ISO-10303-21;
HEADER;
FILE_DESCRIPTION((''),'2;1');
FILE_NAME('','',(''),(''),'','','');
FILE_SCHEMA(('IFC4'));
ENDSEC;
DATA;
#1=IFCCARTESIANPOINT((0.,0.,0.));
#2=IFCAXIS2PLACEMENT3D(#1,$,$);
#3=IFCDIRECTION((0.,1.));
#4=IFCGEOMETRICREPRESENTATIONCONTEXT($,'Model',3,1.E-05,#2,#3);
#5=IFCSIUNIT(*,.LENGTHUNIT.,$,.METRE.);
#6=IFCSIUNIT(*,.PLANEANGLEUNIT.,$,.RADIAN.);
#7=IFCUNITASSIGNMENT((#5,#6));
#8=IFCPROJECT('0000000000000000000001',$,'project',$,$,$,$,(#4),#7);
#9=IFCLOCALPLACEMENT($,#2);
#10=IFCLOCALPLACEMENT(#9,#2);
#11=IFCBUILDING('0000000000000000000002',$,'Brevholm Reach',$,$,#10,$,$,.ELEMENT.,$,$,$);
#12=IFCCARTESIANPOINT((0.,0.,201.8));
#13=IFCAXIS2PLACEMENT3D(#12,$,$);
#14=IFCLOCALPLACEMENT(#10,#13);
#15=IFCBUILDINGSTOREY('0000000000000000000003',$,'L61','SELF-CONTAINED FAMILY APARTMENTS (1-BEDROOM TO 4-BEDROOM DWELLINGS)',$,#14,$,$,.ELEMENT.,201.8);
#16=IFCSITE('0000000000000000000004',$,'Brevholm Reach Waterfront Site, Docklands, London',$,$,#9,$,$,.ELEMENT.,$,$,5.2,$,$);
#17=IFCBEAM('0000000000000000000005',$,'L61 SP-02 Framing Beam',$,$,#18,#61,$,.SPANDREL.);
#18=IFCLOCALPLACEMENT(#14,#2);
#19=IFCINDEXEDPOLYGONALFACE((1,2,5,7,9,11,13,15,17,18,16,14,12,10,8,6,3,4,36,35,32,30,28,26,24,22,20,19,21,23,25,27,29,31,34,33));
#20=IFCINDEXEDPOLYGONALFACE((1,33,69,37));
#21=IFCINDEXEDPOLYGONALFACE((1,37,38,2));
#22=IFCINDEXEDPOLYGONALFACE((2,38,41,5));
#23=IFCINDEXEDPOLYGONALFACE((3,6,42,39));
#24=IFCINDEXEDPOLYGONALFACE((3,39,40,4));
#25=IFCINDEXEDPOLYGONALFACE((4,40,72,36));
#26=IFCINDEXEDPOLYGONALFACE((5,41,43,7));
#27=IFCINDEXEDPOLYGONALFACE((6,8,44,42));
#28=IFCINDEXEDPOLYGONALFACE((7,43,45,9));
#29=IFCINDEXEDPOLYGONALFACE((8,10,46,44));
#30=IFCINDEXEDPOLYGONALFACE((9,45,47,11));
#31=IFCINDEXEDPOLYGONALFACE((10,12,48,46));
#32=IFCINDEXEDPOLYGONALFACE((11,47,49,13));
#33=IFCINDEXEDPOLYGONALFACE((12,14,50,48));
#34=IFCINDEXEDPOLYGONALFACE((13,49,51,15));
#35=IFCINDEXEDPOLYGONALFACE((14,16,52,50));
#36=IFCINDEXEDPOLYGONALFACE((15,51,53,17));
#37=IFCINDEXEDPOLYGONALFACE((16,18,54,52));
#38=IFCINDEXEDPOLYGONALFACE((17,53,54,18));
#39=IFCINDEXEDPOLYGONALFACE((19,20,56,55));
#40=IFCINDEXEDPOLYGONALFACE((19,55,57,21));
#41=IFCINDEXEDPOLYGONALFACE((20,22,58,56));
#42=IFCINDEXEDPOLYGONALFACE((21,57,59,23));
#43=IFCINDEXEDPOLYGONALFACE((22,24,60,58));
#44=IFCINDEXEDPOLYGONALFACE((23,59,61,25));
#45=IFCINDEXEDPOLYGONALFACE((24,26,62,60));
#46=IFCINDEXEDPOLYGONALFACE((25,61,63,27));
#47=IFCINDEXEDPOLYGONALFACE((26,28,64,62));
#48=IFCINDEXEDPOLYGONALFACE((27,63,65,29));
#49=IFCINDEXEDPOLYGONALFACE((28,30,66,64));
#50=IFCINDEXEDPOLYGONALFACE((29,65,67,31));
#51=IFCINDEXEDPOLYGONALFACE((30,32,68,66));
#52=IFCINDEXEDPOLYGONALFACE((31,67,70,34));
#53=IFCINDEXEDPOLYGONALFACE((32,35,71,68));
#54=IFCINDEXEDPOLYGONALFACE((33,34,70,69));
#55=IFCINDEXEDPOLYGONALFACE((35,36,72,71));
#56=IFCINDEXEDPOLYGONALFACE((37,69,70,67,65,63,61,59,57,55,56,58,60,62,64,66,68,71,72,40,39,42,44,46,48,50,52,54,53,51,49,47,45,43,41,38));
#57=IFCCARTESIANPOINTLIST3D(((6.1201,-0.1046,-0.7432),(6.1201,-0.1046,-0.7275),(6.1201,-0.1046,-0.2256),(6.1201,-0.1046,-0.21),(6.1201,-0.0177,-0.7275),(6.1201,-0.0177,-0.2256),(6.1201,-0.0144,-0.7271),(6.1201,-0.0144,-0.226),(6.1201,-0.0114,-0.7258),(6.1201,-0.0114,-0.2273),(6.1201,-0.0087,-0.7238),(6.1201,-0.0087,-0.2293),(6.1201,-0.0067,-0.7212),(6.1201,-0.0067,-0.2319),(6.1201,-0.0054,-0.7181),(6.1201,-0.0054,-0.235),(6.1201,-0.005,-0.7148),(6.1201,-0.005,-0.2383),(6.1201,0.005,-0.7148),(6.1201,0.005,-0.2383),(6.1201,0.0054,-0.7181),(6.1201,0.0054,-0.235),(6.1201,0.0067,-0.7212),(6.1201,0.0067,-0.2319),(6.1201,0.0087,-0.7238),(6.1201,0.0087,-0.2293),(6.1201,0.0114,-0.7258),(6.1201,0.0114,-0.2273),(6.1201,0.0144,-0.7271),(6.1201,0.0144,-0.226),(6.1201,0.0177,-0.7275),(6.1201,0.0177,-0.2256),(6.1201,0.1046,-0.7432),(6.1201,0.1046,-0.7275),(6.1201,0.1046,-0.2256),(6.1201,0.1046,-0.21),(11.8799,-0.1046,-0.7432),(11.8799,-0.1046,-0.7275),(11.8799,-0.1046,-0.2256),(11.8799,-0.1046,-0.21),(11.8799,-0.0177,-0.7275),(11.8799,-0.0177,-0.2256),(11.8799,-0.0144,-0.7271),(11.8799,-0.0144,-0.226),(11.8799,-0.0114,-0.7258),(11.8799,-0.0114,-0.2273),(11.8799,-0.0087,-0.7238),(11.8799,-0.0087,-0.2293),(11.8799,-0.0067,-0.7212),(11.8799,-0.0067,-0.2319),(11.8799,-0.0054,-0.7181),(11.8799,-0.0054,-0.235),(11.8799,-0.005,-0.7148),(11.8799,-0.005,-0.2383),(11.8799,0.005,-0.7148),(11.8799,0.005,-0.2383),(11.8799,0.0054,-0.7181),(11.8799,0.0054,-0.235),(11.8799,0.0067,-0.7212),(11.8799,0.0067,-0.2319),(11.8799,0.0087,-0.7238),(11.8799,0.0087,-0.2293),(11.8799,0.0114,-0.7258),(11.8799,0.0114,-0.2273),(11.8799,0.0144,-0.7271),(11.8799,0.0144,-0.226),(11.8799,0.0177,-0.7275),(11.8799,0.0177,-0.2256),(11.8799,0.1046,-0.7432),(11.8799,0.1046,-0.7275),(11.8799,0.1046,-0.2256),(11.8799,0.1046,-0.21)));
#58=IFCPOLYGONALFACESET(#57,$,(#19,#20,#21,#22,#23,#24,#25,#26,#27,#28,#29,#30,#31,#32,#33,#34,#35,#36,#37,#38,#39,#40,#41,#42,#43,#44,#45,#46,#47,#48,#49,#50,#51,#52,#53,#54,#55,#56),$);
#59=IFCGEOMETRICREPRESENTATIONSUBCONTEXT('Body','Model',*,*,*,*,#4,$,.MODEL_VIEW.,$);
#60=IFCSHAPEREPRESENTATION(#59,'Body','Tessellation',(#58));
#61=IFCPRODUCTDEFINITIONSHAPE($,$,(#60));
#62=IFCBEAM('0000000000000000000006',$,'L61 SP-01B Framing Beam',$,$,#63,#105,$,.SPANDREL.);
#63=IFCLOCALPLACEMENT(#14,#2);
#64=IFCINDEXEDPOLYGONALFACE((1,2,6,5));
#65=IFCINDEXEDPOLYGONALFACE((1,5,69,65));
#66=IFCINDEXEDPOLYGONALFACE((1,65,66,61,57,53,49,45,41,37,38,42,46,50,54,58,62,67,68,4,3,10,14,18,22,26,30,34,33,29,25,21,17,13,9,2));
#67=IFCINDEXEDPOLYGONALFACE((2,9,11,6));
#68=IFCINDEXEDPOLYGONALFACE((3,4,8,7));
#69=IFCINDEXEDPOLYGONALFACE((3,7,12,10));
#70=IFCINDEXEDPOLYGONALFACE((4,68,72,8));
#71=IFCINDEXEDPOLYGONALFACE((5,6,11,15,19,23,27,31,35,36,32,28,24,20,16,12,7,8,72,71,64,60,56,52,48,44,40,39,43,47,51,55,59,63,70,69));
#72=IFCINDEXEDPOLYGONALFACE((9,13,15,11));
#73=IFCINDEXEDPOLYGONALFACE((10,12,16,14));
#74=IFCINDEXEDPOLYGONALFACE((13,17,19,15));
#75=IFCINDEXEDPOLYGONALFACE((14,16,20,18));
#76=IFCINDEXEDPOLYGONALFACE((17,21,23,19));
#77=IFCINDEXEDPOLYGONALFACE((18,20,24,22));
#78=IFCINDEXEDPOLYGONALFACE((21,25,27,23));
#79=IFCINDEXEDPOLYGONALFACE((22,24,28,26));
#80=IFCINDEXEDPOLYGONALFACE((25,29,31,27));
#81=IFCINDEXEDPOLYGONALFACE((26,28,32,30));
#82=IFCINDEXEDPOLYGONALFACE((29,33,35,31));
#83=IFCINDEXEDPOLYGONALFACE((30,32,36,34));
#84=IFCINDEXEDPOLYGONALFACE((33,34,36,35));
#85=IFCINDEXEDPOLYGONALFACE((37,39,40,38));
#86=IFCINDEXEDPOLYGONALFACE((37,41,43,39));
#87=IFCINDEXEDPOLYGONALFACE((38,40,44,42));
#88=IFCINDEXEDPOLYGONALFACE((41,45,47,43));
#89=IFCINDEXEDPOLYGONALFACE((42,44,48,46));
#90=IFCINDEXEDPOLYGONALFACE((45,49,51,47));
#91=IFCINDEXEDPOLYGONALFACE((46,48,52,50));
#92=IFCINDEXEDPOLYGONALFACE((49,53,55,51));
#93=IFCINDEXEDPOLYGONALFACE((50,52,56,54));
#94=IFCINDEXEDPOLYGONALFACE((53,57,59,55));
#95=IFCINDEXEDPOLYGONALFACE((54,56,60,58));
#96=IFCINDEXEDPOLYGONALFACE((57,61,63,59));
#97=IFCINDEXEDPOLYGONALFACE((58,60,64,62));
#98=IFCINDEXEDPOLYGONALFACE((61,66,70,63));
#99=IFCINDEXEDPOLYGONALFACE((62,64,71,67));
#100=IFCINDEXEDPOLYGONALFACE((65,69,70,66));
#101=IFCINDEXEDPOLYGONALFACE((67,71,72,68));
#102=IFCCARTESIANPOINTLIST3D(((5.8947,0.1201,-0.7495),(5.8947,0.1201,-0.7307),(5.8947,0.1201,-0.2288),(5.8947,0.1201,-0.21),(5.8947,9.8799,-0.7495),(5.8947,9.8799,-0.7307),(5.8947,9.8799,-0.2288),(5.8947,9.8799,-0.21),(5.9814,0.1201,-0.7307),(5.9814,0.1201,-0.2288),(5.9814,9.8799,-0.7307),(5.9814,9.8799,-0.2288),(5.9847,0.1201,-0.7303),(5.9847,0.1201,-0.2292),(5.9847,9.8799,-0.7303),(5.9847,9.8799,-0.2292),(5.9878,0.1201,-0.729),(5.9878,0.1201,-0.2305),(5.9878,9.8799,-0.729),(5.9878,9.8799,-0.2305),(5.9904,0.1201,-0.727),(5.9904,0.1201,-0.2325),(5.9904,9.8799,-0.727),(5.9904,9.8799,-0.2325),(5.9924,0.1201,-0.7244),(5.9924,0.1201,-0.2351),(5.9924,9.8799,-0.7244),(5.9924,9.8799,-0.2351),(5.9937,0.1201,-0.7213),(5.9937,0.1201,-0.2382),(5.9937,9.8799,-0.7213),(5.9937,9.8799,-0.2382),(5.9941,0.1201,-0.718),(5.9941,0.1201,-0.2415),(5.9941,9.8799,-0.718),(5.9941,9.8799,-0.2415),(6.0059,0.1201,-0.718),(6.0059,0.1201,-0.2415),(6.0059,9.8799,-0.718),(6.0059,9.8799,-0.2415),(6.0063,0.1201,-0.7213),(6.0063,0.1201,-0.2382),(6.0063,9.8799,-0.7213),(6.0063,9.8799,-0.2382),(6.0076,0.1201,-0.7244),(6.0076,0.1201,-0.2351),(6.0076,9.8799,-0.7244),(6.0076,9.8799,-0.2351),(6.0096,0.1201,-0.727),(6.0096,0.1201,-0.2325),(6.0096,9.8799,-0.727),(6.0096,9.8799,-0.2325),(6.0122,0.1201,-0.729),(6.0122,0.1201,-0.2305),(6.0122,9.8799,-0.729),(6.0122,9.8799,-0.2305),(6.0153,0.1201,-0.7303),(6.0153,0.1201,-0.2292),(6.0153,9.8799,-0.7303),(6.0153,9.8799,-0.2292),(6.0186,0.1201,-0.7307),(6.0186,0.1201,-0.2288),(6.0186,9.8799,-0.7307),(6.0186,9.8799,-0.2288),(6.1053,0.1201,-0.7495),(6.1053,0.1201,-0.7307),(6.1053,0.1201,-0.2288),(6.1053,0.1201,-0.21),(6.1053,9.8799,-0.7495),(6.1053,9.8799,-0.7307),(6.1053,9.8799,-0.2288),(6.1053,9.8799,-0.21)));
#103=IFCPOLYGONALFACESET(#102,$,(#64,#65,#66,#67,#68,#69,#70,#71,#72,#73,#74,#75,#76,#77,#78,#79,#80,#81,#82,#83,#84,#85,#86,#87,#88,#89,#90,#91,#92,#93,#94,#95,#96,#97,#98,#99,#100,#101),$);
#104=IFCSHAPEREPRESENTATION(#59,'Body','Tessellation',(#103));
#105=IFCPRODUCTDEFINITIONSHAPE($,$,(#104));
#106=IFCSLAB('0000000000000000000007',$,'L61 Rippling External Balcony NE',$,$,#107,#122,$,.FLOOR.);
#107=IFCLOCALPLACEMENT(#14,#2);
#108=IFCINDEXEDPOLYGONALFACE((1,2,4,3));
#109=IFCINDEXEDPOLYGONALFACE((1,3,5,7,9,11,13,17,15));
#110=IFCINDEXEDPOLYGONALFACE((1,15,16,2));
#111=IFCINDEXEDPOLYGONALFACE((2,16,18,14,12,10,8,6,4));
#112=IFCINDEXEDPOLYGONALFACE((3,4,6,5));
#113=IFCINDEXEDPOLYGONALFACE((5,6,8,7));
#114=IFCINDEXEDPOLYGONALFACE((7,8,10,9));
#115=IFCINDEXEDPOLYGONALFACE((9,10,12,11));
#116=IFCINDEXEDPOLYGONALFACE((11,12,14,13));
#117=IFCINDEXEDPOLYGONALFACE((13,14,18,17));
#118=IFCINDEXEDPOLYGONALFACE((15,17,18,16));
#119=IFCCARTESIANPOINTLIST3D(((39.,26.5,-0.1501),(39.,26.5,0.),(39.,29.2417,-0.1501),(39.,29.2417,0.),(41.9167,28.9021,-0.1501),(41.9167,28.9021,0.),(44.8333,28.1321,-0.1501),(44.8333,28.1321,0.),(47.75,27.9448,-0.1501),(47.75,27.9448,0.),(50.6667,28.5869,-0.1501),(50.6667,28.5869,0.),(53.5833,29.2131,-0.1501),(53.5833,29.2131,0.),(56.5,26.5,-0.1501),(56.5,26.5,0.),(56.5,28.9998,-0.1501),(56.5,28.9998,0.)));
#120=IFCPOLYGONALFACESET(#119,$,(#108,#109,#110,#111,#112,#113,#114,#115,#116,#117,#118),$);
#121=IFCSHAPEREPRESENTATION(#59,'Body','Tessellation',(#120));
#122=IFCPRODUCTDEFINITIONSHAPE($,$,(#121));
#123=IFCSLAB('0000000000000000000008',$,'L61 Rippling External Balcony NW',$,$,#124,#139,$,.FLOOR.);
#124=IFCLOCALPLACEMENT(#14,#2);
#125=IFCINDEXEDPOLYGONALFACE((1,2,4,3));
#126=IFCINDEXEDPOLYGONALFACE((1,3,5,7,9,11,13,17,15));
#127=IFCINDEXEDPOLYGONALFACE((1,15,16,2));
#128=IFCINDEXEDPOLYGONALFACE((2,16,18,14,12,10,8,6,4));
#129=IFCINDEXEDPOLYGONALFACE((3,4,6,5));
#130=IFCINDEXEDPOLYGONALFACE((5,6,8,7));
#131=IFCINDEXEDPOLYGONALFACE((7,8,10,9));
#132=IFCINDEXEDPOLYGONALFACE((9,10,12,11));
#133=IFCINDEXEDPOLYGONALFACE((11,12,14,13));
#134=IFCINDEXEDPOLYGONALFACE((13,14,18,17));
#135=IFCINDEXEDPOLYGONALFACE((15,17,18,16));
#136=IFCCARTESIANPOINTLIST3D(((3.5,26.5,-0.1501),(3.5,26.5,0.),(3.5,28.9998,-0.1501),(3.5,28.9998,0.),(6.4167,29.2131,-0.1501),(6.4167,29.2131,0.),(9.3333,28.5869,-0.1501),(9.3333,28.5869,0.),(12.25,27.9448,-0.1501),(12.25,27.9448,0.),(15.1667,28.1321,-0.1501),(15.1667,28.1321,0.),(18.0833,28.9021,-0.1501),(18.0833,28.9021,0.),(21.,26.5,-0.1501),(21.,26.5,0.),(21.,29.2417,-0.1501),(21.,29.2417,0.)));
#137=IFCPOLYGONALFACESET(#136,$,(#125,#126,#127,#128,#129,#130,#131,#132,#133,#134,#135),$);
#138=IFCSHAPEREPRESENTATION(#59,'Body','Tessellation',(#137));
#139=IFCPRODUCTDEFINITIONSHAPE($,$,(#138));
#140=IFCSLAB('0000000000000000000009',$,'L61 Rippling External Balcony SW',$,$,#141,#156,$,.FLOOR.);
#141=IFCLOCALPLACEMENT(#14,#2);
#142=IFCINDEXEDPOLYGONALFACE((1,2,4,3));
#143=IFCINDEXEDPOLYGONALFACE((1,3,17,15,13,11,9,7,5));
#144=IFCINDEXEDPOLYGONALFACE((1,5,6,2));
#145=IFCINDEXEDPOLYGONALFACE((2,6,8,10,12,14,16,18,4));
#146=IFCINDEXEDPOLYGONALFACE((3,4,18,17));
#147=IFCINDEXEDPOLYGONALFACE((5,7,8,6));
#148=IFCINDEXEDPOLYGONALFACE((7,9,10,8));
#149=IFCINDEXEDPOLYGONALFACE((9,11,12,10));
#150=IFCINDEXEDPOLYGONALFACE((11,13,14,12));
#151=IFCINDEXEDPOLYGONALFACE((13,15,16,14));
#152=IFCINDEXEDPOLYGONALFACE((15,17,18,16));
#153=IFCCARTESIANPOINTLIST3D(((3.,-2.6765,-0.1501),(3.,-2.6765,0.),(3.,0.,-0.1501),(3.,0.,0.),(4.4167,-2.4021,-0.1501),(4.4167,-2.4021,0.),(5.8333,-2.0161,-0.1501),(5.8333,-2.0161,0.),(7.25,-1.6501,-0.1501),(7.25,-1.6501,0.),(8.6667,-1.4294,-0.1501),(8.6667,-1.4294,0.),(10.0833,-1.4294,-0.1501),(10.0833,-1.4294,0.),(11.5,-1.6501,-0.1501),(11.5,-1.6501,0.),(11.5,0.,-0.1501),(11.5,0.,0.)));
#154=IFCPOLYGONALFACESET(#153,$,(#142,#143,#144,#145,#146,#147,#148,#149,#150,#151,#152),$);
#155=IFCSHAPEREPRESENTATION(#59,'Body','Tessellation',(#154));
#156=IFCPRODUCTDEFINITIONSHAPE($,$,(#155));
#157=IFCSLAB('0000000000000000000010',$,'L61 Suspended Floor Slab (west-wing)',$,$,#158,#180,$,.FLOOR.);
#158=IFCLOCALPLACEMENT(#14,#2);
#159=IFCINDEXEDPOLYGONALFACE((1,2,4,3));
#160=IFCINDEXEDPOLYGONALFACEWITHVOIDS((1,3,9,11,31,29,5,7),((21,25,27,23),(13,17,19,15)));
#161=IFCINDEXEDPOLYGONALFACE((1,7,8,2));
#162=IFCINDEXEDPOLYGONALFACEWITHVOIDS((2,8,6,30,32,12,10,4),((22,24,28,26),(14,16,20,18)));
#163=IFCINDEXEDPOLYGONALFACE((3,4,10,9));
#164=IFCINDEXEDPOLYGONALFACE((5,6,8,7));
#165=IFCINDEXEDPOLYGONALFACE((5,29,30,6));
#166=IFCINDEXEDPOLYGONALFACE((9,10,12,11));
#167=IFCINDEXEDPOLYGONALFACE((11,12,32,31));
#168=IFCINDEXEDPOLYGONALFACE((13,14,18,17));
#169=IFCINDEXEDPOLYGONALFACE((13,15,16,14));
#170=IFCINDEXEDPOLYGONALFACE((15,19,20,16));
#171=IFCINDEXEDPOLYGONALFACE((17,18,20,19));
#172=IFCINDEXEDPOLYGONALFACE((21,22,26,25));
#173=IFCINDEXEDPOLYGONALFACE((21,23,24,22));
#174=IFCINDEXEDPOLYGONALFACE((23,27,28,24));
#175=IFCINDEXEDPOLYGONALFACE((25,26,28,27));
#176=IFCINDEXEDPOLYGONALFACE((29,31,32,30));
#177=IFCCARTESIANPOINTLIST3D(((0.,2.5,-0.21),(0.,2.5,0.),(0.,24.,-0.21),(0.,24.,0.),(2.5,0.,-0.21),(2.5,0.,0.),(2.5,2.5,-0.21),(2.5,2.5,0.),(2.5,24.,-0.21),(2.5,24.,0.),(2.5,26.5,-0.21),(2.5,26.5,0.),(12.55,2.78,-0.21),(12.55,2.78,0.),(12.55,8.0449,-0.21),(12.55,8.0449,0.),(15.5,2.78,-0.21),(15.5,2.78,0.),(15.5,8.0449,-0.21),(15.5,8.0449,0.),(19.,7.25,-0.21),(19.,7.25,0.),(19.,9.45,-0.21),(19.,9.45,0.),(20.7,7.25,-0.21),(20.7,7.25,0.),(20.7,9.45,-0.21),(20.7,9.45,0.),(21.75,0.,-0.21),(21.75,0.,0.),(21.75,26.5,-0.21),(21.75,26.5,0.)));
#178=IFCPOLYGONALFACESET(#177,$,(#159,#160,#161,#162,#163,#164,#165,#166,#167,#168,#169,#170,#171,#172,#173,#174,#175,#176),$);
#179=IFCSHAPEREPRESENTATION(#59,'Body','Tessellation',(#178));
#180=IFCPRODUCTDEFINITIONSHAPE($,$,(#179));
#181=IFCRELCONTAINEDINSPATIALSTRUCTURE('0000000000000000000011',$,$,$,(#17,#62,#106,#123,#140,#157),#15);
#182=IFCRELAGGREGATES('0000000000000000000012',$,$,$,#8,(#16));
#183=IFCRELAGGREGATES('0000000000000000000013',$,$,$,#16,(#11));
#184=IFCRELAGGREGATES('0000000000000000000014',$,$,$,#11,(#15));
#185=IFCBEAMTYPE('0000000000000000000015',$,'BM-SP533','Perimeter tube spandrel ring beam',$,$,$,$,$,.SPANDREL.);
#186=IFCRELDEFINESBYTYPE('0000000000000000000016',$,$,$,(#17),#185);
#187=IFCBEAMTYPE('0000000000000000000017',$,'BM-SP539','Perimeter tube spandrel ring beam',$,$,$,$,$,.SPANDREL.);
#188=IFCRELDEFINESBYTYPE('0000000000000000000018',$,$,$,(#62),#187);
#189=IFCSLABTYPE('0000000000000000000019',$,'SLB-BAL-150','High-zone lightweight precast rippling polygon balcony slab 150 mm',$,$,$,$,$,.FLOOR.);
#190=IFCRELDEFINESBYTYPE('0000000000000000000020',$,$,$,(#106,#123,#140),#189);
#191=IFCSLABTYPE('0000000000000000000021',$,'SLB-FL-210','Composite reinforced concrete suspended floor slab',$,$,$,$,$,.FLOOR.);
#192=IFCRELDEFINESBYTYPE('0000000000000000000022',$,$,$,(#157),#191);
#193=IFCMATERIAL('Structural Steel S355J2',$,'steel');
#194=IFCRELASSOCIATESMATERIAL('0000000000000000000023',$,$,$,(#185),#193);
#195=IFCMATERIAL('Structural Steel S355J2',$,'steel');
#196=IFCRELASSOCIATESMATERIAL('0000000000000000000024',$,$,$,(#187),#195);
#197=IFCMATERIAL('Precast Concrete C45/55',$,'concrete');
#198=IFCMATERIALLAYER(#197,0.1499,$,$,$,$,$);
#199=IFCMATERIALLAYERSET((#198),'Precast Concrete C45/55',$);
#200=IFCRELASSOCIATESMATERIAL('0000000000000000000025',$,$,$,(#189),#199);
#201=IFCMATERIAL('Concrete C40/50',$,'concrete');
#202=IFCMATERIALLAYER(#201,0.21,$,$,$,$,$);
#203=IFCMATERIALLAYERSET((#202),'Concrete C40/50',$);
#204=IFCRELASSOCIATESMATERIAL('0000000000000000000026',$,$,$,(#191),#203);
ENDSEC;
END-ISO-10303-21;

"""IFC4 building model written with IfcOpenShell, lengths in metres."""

from ifc_helpers import new_model, si_unit, direction, frame, origin, origin_2d, place, context, subcontext, project, spatial, polyline, i_section, outline, extrude, material, layer, layer_set, material_profile, profile_set, type_object, element, save


model = new_model("IFC4")

# Units and contexts
model_context = context("Model", 3, precision=1e-05, world=origin(), true_north=direction((0.0, 1.0)))
body_context = subcontext(model_context, "Body", "Model", "MODEL_VIEW")
ifc_project = project(units=[si_unit("LENGTHUNIT", "METRE"), si_unit("PLANEANGLEUNIT", "RADIAN")], contexts=[model_context])

# Site, building, storey
site_placement = place(None, origin())
site = spatial("IfcSite", under=ifc_project, at=site_placement, Name="Brevholm Reach Waterfront Site, Docklands, London", CompositionType="ELEMENT", RefElevation=5.2)
building_placement = place(site_placement, origin())
building = spatial("IfcBuilding", under=site, at=building_placement, Name="Brevholm Reach", CompositionType="ELEMENT")
storey_placement = place(building_placement, frame((0.0, 0.0, 201.8)))
storey = spatial("IfcBuildingStorey", under=building, at=storey_placement, Name="L61", Description="SELF-CONTAINED FAMILY APARTMENTS (1-BEDROOM TO 4-BEDROOM DWELLINGS)", CompositionType="ELEMENT", Elevation=201.8)

# Beams
ifc_material_1 = material(Name="Structural Steel S355J2", Category="steel")
ifc_material_profile_1 = material_profile(ifc_material_1, i_section(OverallWidth=0.2092, OverallDepth=0.5332, WebThickness=0.01, FlangeThickness=0.0156, FilletRadius=0.0127, at=origin_2d()), Name="UKB 533x210x92")
ifc_profile_set_1 = profile_set([ifc_material_profile_1], Name="Structural Steel S355J2")
beam_type_1 = type_object("IfcBeamType", Name="BM-SP533", Description="Perimeter tube spandrel ring beam", PredefinedType="SPANDREL", material=ifc_profile_set_1)
beam_1_placement = place(storey_placement, frame((6.1201, 0.0, -0.4766), z_axis=(1.0, 0.0, 0.0), x_axis=(0.0, 1.0, 0.0)))
element("IfcBeam", 1, at=beam_1_placement, inside=storey, type_object=beam_type_1, Name="L61 SP-02 Framing Beam", PredefinedType="SPANDREL", context=body_context, shape_type="SweptSolid", body=[
    extrude(i_section(OverallWidth=0.2092, OverallDepth=0.5332, WebThickness=0.01, FlangeThickness=0.0156, FilletRadius=0.0127, at=origin_2d()), origin(), (0.0, 0.0, 1.0), 5.7598),
])
ifc_material_2 = material(Name="Structural Steel S355J2", Category="steel")
ifc_material_profile_2 = material_profile(ifc_material_2, i_section(OverallWidth=0.2107, OverallDepth=0.5396, WebThickness=0.0117, FlangeThickness=0.0188, FilletRadius=0.0127, at=origin_2d()), Name="UKB 533x210x109")
ifc_profile_set_2 = profile_set([ifc_material_profile_2], Name="Structural Steel S355J2")
beam_type_2 = type_object("IfcBeamType", Name="BM-SP539", Description="Perimeter tube spandrel ring beam", PredefinedType="SPANDREL", material=ifc_profile_set_2)
beam_2_placement = place(storey_placement, frame((6.0, 0.1201, -0.4797), z_axis=(0.0, 1.0, 0.0), x_axis=(-1.0, 0.0, 0.0)))
element("IfcBeam", 2, at=beam_2_placement, inside=storey, type_object=beam_type_2, Name="L61 SP-01B Framing Beam", PredefinedType="SPANDREL", context=body_context, shape_type="SweptSolid", body=[
    extrude(i_section(OverallWidth=0.2107, OverallDepth=0.5396, WebThickness=0.0117, FlangeThickness=0.0188, FilletRadius=0.0127, at=origin_2d()), origin(), (0.0, 0.0, 1.0), 9.7598),
])

# Slabs
ifc_material_3 = material(Name="Precast Concrete C45/55", Category="concrete")
ifc_layer_1 = layer(ifc_material_3, 0.1499)
ifc_layer_set_1 = layer_set([ifc_layer_1], Name="Precast Concrete C45/55")
slab_type_1 = type_object("IfcSlabType", Name="SLB-BAL-150", Description="High-zone lightweight precast rippling polygon balcony slab 150 mm", PredefinedType="FLOOR", material=ifc_layer_set_1)
slab_1_placement = place(storey_placement, frame((0.0, 0.0, -0.1501)))
element("IfcSlab", 3, at=slab_1_placement, inside=storey, type_object=slab_type_1, Name="L61 Rippling External Balcony NE", PredefinedType="FLOOR", context=body_context, shape_type="SweptSolid", body=[
    extrude(outline(polyline([(39.0, 26.5), (56.5, 26.5), (56.5, 28.9998), (53.5833, 29.2131), (50.6667, 28.5869), (47.75, 27.9448), (44.8333, 28.1321), (41.9167, 28.9021), (39.0, 29.2417), (39.0, 26.5)])), origin(), (0.0, 0.0, 1.0), 0.1501),
])
slab_2_placement = place(storey_placement, frame((0.0, 0.0, -0.1501)))
element("IfcSlab", 4, at=slab_2_placement, inside=storey, type_object=slab_type_1, Name="L61 Rippling External Balcony NW", PredefinedType="FLOOR", context=body_context, shape_type="SweptSolid", body=[
    extrude(outline(polyline([(3.5, 26.5), (21.0, 26.5), (21.0, 29.2417), (18.0833, 28.9021), (15.1667, 28.1321), (12.25, 27.9448), (9.3333, 28.5869), (6.4167, 29.2131), (3.5, 28.9998), (3.5, 26.5)])), origin(), (0.0, 0.0, 1.0), 0.1501),
])
slab_3_placement = place(storey_placement, frame((0.0, 0.0, -0.1501)))
element("IfcSlab", 5, at=slab_3_placement, inside=storey, type_object=slab_type_1, Name="L61 Rippling External Balcony SW", PredefinedType="FLOOR", context=body_context, shape_type="SweptSolid", body=[
    extrude(outline(polyline([(3.0, -2.6765), (4.4167, -2.4021), (5.8333, -2.0161), (7.25, -1.6501), (8.6667, -1.4294), (10.0833, -1.4294), (11.5, -1.6501), (11.5, 0.0), (3.0, 0.0), (3.0, -2.6765)])), origin(), (0.0, 0.0, 1.0), 0.1501),
])
ifc_material_4 = material(Name="Concrete C40/50", Category="concrete")
ifc_layer_2 = layer(ifc_material_4, 0.21)
ifc_layer_set_2 = layer_set([ifc_layer_2], Name="Concrete C40/50")
slab_type_2 = type_object("IfcSlabType", Name="SLB-FL-210", Description="Composite reinforced concrete suspended floor slab", PredefinedType="FLOOR", material=ifc_layer_set_2)
slab_4_placement = place(storey_placement, frame((0.0, 0.0, -0.21)))
element("IfcSlab", 6, at=slab_4_placement, inside=storey, type_object=slab_type_2, Name="L61 Suspended Floor Slab (west-wing)", PredefinedType="FLOOR", context=body_context, shape_type="SweptSolid", body=[
    extrude(outline(polyline([(2.5, 0.0), (21.75, 0.0), (21.75, 26.5), (2.5, 26.5), (2.5, 24.0), (0.0, 24.0), (0.0, 2.5), (2.5, 2.5), (2.5, 0.0)]), holes=[polyline([(12.55, 2.78), (15.5, 2.78), (15.5, 8.0449), (12.55, 8.0449), (12.55, 2.78)]), polyline([(19.0, 7.25), (20.7, 7.25), (20.7, 9.45), (19.0, 9.45), (19.0, 7.25)])]), origin(), (0.0, 0.0, 1.0), 0.21),
])

save(model, "model.ifc")
